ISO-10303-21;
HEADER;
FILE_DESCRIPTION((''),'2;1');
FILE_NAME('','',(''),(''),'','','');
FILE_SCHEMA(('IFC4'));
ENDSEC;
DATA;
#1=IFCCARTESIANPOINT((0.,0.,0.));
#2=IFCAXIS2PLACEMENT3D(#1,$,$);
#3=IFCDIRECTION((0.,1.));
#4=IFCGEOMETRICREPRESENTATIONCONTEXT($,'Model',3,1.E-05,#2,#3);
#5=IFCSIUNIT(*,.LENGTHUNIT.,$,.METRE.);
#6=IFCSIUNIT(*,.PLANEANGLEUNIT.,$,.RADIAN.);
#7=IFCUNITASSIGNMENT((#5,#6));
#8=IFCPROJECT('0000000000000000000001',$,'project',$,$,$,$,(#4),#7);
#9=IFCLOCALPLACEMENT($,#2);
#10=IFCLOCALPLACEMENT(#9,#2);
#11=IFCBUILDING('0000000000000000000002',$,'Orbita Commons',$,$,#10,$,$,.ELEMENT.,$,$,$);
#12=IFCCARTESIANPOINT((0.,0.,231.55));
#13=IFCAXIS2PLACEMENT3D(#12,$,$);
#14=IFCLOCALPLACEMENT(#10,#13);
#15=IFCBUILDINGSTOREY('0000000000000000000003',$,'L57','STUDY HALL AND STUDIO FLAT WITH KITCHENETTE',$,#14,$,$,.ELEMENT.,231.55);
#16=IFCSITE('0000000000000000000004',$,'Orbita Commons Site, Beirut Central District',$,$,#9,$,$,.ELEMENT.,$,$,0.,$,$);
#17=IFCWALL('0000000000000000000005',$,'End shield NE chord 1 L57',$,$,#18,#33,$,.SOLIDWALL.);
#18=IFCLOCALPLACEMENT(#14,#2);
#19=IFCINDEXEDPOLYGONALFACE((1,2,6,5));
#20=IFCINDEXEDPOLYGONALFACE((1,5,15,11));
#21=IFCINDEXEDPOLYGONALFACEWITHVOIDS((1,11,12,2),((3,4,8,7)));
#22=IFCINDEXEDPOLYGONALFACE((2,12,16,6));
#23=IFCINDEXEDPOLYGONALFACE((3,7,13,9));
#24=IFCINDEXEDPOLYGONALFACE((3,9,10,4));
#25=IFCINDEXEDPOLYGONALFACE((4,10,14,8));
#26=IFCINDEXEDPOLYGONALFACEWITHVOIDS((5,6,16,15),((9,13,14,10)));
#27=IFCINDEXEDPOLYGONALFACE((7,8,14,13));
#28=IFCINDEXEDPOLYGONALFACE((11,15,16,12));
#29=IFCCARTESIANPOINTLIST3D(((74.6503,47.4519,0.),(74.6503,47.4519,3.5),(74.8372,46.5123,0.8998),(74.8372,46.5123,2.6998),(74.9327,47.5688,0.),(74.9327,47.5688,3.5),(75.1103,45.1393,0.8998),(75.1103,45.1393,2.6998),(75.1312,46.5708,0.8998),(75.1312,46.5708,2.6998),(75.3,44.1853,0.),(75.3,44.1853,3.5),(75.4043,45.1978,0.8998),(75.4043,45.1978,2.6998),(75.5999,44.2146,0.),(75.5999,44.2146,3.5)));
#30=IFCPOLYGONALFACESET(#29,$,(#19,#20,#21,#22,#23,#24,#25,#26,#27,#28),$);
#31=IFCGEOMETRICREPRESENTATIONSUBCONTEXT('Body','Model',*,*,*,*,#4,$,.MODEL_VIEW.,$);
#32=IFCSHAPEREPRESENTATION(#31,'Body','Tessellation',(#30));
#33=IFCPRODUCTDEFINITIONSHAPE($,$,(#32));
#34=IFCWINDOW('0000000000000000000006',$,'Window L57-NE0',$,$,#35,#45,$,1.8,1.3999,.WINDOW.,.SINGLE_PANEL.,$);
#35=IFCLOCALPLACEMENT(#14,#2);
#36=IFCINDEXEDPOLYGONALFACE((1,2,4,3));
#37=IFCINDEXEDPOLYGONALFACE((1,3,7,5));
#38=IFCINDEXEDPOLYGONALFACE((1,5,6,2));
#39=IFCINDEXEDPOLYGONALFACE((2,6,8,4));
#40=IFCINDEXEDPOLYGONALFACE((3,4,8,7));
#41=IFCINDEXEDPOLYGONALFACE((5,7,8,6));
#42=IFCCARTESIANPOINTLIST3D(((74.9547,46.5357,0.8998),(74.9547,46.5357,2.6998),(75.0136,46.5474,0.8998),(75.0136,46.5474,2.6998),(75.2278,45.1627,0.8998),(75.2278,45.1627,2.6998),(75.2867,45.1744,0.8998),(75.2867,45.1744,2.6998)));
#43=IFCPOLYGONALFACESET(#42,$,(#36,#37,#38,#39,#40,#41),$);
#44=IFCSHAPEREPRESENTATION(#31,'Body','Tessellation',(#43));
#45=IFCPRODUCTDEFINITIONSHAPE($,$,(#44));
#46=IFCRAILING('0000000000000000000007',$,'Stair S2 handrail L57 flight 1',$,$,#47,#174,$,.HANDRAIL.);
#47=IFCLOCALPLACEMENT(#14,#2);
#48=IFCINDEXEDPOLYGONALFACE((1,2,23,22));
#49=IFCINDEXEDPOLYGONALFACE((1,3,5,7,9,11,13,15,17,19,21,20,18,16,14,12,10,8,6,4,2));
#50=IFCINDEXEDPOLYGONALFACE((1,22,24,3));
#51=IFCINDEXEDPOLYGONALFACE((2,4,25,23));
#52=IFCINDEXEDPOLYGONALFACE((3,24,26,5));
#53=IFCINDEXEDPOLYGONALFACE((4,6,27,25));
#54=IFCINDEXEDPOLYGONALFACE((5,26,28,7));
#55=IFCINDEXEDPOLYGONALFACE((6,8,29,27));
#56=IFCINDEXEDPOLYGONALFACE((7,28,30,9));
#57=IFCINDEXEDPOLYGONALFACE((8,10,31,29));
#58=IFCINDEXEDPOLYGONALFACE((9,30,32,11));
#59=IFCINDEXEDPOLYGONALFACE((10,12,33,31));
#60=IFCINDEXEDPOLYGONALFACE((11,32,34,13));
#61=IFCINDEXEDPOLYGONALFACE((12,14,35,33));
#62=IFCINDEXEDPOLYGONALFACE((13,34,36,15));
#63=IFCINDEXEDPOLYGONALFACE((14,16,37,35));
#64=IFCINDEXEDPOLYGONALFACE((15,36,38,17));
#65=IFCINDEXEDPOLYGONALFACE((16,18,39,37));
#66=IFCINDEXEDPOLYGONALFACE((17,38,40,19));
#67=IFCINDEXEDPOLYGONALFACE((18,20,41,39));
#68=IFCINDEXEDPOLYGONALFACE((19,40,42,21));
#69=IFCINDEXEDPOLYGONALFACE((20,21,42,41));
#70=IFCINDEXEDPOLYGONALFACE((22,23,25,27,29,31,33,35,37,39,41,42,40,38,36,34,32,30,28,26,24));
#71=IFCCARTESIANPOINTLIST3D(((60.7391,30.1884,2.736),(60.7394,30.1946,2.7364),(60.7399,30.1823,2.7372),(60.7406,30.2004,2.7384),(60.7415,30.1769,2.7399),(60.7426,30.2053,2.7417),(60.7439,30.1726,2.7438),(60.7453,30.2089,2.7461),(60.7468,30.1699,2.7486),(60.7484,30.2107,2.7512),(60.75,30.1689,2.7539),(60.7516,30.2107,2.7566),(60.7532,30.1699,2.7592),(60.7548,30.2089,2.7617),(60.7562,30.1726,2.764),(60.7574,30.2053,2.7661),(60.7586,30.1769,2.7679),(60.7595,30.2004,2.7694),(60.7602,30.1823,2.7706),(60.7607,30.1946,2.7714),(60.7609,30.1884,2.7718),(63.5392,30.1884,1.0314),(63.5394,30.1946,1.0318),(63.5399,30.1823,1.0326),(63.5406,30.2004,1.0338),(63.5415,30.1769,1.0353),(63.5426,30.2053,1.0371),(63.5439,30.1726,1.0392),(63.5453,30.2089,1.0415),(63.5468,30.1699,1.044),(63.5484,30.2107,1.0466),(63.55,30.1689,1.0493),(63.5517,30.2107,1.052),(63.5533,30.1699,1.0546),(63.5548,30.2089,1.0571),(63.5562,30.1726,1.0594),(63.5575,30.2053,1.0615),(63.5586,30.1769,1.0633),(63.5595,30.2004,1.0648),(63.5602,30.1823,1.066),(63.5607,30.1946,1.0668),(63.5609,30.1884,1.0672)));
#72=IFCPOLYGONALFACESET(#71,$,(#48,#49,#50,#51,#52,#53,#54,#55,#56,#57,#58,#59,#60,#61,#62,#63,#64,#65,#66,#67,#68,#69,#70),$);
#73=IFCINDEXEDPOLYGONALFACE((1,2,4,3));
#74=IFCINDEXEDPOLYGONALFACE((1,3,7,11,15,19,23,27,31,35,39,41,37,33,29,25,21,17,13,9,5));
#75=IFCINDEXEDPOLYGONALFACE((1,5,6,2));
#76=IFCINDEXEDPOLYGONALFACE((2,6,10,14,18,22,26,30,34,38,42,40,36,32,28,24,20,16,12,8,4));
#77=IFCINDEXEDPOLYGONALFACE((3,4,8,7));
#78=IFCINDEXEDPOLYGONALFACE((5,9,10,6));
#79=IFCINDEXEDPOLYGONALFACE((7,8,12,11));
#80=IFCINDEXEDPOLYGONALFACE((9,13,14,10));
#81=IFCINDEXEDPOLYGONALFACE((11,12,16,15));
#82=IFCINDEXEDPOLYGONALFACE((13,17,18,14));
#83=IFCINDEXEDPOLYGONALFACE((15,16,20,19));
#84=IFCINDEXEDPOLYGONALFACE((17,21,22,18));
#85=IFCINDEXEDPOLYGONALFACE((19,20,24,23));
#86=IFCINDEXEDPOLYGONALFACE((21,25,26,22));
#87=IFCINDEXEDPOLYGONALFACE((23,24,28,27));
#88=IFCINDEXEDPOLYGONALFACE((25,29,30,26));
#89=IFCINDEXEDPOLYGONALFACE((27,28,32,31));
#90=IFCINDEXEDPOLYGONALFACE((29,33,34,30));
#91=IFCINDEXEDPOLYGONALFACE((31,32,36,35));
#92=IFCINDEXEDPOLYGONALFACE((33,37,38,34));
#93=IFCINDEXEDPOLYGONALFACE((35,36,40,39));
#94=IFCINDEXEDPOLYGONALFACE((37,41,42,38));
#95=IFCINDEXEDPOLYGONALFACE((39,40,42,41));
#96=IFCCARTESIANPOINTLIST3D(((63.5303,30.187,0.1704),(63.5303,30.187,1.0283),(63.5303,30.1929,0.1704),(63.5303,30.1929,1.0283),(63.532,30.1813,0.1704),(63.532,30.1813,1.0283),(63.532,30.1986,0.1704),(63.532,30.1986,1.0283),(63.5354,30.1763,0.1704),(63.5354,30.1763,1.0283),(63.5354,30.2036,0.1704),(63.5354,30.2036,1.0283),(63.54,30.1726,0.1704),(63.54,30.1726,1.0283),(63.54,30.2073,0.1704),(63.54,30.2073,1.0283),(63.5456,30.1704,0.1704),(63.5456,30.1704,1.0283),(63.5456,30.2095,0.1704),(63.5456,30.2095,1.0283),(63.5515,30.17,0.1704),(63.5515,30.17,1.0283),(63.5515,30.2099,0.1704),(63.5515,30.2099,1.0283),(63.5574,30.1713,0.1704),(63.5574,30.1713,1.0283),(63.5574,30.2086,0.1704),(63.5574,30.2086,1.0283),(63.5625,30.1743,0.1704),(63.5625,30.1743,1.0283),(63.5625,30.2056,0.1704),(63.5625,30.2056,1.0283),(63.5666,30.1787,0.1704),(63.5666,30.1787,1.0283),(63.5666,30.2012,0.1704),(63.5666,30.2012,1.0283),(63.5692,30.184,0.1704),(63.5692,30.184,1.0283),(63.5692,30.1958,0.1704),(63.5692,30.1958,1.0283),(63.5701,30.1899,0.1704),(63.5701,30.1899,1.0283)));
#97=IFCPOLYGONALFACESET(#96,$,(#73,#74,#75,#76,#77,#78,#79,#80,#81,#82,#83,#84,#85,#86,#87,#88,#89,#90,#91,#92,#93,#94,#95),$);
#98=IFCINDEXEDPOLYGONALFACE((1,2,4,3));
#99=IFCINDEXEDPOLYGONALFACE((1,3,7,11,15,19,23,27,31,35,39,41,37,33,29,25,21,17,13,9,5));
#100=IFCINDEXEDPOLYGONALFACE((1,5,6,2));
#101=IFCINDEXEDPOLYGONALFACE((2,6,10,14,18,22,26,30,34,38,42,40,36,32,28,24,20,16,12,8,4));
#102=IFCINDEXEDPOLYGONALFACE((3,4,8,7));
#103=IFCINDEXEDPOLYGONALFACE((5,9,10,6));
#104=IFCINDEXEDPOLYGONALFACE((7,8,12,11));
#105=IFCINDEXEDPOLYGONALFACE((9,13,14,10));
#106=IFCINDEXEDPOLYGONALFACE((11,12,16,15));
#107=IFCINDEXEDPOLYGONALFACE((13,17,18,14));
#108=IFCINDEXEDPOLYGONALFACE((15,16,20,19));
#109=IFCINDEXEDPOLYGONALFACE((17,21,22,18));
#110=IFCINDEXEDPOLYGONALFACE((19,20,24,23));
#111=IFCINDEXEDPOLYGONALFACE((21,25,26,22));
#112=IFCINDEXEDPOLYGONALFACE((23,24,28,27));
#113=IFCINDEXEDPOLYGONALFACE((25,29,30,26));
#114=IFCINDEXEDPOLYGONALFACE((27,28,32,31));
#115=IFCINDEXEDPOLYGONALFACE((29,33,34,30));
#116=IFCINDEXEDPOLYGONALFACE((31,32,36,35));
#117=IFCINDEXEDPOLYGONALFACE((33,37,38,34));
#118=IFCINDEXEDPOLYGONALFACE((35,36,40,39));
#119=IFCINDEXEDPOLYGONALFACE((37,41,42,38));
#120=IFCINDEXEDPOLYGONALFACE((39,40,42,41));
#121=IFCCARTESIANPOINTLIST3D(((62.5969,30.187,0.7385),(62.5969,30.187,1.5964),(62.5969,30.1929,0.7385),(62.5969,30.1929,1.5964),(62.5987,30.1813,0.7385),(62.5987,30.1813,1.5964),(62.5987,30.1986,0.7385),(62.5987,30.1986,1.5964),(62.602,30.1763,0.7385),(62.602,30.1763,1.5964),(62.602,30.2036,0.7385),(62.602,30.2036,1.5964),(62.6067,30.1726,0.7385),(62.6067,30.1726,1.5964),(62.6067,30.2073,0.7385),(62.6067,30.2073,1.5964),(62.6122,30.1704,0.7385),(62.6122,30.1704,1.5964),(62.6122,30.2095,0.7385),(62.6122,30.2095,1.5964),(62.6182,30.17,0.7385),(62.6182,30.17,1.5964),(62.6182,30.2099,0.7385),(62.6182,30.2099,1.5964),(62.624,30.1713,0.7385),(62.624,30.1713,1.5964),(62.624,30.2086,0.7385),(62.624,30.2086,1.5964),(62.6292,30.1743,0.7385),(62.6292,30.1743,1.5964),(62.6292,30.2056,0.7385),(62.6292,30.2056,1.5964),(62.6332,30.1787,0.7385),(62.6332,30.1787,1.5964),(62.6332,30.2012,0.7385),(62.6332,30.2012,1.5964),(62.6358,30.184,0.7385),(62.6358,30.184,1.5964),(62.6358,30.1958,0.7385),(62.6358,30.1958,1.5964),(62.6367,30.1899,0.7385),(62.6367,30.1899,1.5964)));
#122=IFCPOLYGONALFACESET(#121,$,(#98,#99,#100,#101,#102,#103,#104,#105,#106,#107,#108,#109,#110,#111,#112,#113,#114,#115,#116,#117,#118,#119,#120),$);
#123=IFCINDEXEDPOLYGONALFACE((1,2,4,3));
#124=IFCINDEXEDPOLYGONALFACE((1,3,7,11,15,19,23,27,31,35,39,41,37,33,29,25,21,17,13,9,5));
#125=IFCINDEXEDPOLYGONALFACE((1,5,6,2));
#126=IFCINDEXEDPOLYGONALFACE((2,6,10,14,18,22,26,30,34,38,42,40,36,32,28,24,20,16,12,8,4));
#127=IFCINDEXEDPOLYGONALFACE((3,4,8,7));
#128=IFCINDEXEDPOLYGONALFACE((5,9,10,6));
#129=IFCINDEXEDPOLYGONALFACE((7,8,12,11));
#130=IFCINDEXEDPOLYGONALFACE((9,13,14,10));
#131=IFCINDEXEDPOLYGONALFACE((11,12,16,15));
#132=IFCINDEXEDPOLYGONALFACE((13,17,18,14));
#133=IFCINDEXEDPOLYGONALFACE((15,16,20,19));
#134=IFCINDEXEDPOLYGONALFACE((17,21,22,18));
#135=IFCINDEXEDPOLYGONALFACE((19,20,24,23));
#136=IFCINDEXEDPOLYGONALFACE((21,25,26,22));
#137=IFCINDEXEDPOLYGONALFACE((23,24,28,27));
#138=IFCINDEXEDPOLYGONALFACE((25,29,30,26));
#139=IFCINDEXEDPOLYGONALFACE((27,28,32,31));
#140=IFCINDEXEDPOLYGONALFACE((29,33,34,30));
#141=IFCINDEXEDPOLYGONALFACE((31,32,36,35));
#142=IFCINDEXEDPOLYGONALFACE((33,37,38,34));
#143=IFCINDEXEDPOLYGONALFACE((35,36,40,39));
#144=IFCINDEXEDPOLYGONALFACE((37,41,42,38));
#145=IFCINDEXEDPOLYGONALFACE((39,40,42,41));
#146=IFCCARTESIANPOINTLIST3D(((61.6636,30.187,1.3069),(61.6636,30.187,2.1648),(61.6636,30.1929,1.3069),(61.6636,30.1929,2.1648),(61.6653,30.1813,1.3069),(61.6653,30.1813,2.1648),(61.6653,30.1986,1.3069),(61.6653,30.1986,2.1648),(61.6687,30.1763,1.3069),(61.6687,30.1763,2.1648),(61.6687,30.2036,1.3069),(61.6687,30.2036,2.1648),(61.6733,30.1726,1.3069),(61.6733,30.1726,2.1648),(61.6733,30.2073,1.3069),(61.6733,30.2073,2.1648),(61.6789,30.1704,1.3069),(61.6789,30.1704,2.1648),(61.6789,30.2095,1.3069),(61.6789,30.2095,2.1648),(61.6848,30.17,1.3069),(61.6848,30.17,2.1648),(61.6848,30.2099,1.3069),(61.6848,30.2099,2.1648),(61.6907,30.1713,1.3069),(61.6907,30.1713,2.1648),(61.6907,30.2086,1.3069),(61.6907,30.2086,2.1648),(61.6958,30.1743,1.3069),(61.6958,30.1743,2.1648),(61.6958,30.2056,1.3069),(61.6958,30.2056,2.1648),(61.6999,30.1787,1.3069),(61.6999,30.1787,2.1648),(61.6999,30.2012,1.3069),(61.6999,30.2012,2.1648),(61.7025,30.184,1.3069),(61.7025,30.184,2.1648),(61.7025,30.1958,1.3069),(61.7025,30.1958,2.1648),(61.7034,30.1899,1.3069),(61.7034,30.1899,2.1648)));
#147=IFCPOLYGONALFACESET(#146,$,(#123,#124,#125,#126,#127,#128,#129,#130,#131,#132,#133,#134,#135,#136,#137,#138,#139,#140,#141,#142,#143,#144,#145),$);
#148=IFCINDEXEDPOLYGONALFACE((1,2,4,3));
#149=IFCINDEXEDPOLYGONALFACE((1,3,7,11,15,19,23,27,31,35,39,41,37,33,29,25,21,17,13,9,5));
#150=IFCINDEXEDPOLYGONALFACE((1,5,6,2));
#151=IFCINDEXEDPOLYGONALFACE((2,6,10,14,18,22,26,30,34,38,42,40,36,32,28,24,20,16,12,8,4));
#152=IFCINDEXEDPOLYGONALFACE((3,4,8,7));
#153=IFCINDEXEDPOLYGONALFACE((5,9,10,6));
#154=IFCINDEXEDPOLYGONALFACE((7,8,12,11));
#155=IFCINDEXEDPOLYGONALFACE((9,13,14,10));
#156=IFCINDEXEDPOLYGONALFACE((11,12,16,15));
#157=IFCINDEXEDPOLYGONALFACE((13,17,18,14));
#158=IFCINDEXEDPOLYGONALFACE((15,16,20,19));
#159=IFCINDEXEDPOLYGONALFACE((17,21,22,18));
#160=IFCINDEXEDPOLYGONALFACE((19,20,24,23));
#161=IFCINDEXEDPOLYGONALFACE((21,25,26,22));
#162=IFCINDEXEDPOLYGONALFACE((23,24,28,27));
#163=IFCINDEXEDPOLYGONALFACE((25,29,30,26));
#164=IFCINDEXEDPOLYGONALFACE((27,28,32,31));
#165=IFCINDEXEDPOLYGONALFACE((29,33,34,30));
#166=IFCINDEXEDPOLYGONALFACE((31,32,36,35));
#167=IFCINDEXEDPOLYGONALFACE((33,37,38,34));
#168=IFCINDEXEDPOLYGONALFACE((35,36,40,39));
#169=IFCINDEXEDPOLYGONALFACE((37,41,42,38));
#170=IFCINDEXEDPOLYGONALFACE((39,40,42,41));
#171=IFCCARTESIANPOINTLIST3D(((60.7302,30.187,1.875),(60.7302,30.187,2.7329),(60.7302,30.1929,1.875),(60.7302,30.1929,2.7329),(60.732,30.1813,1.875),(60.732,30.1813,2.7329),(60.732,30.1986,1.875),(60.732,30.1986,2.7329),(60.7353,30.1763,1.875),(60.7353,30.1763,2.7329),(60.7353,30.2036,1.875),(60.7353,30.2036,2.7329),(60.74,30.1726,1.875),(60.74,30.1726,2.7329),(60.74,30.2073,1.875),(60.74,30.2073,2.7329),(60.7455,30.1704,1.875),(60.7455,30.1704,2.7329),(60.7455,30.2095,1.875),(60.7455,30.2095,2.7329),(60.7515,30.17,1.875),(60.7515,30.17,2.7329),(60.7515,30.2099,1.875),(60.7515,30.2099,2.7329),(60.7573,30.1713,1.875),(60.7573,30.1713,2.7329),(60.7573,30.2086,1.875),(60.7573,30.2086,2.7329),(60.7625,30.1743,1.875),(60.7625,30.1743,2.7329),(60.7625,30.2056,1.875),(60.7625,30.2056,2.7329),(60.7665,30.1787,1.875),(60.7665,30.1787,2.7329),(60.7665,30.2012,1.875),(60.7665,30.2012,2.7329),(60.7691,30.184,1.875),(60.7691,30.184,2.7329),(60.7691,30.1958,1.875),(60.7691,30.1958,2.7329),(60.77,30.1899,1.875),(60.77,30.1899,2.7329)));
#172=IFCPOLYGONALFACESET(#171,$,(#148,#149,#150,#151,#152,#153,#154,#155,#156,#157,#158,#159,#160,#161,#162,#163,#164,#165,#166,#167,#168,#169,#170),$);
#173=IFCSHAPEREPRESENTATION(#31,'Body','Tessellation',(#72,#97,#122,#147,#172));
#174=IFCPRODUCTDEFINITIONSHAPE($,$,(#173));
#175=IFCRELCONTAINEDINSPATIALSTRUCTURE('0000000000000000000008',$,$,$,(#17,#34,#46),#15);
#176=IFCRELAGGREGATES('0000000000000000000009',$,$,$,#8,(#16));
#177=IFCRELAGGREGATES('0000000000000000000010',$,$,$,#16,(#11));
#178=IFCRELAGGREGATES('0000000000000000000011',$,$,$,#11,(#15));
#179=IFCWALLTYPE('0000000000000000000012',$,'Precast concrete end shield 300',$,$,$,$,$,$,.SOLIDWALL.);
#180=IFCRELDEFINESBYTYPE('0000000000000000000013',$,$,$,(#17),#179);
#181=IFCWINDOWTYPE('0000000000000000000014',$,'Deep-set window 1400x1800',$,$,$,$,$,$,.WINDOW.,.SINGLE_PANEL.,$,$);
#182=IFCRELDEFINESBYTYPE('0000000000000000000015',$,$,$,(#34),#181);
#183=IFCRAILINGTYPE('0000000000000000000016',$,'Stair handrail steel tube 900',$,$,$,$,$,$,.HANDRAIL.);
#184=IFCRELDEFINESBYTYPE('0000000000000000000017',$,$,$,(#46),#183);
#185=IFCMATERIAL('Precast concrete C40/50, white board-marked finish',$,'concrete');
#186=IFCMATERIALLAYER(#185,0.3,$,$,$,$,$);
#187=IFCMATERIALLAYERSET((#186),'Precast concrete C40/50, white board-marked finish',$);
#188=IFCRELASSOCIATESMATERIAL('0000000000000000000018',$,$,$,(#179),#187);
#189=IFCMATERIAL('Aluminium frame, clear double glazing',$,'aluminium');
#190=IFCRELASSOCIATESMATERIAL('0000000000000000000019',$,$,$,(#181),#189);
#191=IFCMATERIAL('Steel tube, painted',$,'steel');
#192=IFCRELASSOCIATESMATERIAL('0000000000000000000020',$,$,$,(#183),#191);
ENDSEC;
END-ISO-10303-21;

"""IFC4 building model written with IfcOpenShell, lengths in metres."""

from ifc_helpers import new_model, si_unit, direction, frame, frame_2d, origin, origin_2d, place, context, subcontext, project, spatial, polyline, rectangle, circle, outline, extrude, material, layer, layer_set, type_object, element, fill, save


model = new_model("IFC4")

# Units and contexts
model_context = context("Model", 3, precision=1e-05, world=origin(), true_north=direction((0.0, 1.0)))
body_context = subcontext(model_context, "Body", "Model", "MODEL_VIEW")
ifc_project = project(units=[si_unit("LENGTHUNIT", "METRE"), si_unit("PLANEANGLEUNIT", "RADIAN")], contexts=[model_context])

# Site, building, storey
site_placement = place(None, origin())
site = spatial("IfcSite", under=ifc_project, at=site_placement, Name="Orbita Commons Site, Beirut Central District", CompositionType="ELEMENT", RefElevation=0.0)
building_placement = place(site_placement, origin())
building = spatial("IfcBuilding", under=site, at=building_placement, Name="Orbita Commons", CompositionType="ELEMENT")
storey_placement = place(building_placement, frame((0.0, 0.0, 231.55)))
storey = spatial("IfcBuildingStorey", under=building, at=storey_placement, Name="L57", Description="STUDY HALL AND STUDIO FLAT WITH KITCHENETTE", CompositionType="ELEMENT", Elevation=231.55)

# Wall, opening, window
ifc_material_1 = material(Name="Precast concrete C40/50, white board-marked finish", Category="concrete")
ifc_layer_1 = layer(ifc_material_1, 0.3)
ifc_layer_set_1 = layer_set([ifc_layer_1], Name="Precast concrete C40/50, white board-marked finish")
wall_type_1 = type_object("IfcWallType", Name="Precast concrete end shield 300", PredefinedType="SOLIDWALL", material=ifc_layer_set_1)
wall_1_placement = place(storey_placement, frame((75.45, 44.2, 0.0), z_axis=(0.0, 0.0, 1.0), x_axis=(-0.195087, 0.980786, 0.0)))
wall_1 = element("IfcWall", 1, at=wall_1_placement, inside=storey, type_object=wall_type_1, Name="End shield NE chord 1 L57", PredefinedType="SOLIDWALL", context=body_context, shape_type="SweptSolid", body=[
    extrude(outline(polyline([(-0.0149, -0.1499), (3.405, -0.1499), (3.3455, 0.1499), (0.0149, 0.1499), (-0.0149, -0.1499)])), origin(), (0.0, 0.0, 1.0), 3.5),
])
opening_1_placement = place(wall_1_placement, frame((0.9875, 0.0, 0.8999)))
opening_1 = element("IfcOpeningElement", 2, at=opening_1_placement, cuts=wall_1, PredefinedType="OPENING", context=body_context, shape_type="SweptSolid", body=[
    extrude(rectangle(XDim=1.3999, YDim=1.8, at=frame_2d((0.7, 0.8999))), frame((0.0, 0.1599, 0.0), z_axis=(0.0, -1.0, 0.0), x_axis=(1.0, 0.0, 0.0)), (0.0, 0.0, 1.0), 0.3201),
])
ifc_material_2 = material(Name="Aluminium frame, clear double glazing", Category="aluminium")
window_type = type_object("IfcWindowType", Name="Deep-set window 1400x1800", PartitioningType="SINGLE_PANEL", PredefinedType="WINDOW", material=ifc_material_2)
window_placement = place(opening_1_placement, origin())
window = element("IfcWindow", 3, at=window_placement, inside=storey, type_object=window_type, Name="Window L57-NE0", OverallHeight=1.8, OverallWidth=1.3999, PartitioningType="SINGLE_PANEL", PredefinedType="WINDOW", context=body_context, shape_type="SweptSolid", body=[
    extrude(rectangle(XDim=1.3999, YDim=1.8, at=frame_2d((0.7, 0.8999))), frame((0.0, 0.03, 0.0), z_axis=(0.0, -1.0, 0.0), x_axis=(1.0, 0.0, 0.0)), (0.0, 0.0, 1.0), 0.0601),
])
fill(opening_1, window)

# Railing
ifc_material_3 = material(Name="Steel tube, painted", Category="steel")
railing_type = type_object("IfcRailingType", Name="Stair handrail steel tube 900", PredefinedType="HANDRAIL", material=ifc_material_3)
railing_placement = place(storey_placement, frame((63.55, 30.1899, 0.1704)))
element("IfcRailing", 4, at=railing_placement, inside=storey, type_object=railing_type, Name="Stair S2 handrail L57 flight 1", PredefinedType="HANDRAIL", context=body_context, shape_type="SweptSolid", body=[
    extrude(circle(Radius=0.021, at=origin_2d()), frame((0.0, 0.0, 0.8789), z_axis=(-0.85417, 0.0, 0.519994), x_axis=(0.0, -1.0, 0.0)), (0.0, 0.0, 1.0), 3.2781),
    extrude(circle(Radius=0.02, at=origin_2d()), origin(), (0.0, 0.0, 1.0), 0.8579),
    extrude(circle(Radius=0.02, at=origin_2d()), frame((-0.9333, 0.0, 0.5681)), (0.0, 0.0, 1.0), 0.8579),
    extrude(circle(Radius=0.02, at=origin_2d()), frame((-1.8667, 0.0, 1.1365)), (0.0, 0.0, 1.0), 0.8579),
    extrude(circle(Radius=0.02, at=origin_2d()), frame((-2.8, 0.0, 1.7046)), (0.0, 0.0, 1.0), 0.8579),
])

save(model, "model.ifc")
